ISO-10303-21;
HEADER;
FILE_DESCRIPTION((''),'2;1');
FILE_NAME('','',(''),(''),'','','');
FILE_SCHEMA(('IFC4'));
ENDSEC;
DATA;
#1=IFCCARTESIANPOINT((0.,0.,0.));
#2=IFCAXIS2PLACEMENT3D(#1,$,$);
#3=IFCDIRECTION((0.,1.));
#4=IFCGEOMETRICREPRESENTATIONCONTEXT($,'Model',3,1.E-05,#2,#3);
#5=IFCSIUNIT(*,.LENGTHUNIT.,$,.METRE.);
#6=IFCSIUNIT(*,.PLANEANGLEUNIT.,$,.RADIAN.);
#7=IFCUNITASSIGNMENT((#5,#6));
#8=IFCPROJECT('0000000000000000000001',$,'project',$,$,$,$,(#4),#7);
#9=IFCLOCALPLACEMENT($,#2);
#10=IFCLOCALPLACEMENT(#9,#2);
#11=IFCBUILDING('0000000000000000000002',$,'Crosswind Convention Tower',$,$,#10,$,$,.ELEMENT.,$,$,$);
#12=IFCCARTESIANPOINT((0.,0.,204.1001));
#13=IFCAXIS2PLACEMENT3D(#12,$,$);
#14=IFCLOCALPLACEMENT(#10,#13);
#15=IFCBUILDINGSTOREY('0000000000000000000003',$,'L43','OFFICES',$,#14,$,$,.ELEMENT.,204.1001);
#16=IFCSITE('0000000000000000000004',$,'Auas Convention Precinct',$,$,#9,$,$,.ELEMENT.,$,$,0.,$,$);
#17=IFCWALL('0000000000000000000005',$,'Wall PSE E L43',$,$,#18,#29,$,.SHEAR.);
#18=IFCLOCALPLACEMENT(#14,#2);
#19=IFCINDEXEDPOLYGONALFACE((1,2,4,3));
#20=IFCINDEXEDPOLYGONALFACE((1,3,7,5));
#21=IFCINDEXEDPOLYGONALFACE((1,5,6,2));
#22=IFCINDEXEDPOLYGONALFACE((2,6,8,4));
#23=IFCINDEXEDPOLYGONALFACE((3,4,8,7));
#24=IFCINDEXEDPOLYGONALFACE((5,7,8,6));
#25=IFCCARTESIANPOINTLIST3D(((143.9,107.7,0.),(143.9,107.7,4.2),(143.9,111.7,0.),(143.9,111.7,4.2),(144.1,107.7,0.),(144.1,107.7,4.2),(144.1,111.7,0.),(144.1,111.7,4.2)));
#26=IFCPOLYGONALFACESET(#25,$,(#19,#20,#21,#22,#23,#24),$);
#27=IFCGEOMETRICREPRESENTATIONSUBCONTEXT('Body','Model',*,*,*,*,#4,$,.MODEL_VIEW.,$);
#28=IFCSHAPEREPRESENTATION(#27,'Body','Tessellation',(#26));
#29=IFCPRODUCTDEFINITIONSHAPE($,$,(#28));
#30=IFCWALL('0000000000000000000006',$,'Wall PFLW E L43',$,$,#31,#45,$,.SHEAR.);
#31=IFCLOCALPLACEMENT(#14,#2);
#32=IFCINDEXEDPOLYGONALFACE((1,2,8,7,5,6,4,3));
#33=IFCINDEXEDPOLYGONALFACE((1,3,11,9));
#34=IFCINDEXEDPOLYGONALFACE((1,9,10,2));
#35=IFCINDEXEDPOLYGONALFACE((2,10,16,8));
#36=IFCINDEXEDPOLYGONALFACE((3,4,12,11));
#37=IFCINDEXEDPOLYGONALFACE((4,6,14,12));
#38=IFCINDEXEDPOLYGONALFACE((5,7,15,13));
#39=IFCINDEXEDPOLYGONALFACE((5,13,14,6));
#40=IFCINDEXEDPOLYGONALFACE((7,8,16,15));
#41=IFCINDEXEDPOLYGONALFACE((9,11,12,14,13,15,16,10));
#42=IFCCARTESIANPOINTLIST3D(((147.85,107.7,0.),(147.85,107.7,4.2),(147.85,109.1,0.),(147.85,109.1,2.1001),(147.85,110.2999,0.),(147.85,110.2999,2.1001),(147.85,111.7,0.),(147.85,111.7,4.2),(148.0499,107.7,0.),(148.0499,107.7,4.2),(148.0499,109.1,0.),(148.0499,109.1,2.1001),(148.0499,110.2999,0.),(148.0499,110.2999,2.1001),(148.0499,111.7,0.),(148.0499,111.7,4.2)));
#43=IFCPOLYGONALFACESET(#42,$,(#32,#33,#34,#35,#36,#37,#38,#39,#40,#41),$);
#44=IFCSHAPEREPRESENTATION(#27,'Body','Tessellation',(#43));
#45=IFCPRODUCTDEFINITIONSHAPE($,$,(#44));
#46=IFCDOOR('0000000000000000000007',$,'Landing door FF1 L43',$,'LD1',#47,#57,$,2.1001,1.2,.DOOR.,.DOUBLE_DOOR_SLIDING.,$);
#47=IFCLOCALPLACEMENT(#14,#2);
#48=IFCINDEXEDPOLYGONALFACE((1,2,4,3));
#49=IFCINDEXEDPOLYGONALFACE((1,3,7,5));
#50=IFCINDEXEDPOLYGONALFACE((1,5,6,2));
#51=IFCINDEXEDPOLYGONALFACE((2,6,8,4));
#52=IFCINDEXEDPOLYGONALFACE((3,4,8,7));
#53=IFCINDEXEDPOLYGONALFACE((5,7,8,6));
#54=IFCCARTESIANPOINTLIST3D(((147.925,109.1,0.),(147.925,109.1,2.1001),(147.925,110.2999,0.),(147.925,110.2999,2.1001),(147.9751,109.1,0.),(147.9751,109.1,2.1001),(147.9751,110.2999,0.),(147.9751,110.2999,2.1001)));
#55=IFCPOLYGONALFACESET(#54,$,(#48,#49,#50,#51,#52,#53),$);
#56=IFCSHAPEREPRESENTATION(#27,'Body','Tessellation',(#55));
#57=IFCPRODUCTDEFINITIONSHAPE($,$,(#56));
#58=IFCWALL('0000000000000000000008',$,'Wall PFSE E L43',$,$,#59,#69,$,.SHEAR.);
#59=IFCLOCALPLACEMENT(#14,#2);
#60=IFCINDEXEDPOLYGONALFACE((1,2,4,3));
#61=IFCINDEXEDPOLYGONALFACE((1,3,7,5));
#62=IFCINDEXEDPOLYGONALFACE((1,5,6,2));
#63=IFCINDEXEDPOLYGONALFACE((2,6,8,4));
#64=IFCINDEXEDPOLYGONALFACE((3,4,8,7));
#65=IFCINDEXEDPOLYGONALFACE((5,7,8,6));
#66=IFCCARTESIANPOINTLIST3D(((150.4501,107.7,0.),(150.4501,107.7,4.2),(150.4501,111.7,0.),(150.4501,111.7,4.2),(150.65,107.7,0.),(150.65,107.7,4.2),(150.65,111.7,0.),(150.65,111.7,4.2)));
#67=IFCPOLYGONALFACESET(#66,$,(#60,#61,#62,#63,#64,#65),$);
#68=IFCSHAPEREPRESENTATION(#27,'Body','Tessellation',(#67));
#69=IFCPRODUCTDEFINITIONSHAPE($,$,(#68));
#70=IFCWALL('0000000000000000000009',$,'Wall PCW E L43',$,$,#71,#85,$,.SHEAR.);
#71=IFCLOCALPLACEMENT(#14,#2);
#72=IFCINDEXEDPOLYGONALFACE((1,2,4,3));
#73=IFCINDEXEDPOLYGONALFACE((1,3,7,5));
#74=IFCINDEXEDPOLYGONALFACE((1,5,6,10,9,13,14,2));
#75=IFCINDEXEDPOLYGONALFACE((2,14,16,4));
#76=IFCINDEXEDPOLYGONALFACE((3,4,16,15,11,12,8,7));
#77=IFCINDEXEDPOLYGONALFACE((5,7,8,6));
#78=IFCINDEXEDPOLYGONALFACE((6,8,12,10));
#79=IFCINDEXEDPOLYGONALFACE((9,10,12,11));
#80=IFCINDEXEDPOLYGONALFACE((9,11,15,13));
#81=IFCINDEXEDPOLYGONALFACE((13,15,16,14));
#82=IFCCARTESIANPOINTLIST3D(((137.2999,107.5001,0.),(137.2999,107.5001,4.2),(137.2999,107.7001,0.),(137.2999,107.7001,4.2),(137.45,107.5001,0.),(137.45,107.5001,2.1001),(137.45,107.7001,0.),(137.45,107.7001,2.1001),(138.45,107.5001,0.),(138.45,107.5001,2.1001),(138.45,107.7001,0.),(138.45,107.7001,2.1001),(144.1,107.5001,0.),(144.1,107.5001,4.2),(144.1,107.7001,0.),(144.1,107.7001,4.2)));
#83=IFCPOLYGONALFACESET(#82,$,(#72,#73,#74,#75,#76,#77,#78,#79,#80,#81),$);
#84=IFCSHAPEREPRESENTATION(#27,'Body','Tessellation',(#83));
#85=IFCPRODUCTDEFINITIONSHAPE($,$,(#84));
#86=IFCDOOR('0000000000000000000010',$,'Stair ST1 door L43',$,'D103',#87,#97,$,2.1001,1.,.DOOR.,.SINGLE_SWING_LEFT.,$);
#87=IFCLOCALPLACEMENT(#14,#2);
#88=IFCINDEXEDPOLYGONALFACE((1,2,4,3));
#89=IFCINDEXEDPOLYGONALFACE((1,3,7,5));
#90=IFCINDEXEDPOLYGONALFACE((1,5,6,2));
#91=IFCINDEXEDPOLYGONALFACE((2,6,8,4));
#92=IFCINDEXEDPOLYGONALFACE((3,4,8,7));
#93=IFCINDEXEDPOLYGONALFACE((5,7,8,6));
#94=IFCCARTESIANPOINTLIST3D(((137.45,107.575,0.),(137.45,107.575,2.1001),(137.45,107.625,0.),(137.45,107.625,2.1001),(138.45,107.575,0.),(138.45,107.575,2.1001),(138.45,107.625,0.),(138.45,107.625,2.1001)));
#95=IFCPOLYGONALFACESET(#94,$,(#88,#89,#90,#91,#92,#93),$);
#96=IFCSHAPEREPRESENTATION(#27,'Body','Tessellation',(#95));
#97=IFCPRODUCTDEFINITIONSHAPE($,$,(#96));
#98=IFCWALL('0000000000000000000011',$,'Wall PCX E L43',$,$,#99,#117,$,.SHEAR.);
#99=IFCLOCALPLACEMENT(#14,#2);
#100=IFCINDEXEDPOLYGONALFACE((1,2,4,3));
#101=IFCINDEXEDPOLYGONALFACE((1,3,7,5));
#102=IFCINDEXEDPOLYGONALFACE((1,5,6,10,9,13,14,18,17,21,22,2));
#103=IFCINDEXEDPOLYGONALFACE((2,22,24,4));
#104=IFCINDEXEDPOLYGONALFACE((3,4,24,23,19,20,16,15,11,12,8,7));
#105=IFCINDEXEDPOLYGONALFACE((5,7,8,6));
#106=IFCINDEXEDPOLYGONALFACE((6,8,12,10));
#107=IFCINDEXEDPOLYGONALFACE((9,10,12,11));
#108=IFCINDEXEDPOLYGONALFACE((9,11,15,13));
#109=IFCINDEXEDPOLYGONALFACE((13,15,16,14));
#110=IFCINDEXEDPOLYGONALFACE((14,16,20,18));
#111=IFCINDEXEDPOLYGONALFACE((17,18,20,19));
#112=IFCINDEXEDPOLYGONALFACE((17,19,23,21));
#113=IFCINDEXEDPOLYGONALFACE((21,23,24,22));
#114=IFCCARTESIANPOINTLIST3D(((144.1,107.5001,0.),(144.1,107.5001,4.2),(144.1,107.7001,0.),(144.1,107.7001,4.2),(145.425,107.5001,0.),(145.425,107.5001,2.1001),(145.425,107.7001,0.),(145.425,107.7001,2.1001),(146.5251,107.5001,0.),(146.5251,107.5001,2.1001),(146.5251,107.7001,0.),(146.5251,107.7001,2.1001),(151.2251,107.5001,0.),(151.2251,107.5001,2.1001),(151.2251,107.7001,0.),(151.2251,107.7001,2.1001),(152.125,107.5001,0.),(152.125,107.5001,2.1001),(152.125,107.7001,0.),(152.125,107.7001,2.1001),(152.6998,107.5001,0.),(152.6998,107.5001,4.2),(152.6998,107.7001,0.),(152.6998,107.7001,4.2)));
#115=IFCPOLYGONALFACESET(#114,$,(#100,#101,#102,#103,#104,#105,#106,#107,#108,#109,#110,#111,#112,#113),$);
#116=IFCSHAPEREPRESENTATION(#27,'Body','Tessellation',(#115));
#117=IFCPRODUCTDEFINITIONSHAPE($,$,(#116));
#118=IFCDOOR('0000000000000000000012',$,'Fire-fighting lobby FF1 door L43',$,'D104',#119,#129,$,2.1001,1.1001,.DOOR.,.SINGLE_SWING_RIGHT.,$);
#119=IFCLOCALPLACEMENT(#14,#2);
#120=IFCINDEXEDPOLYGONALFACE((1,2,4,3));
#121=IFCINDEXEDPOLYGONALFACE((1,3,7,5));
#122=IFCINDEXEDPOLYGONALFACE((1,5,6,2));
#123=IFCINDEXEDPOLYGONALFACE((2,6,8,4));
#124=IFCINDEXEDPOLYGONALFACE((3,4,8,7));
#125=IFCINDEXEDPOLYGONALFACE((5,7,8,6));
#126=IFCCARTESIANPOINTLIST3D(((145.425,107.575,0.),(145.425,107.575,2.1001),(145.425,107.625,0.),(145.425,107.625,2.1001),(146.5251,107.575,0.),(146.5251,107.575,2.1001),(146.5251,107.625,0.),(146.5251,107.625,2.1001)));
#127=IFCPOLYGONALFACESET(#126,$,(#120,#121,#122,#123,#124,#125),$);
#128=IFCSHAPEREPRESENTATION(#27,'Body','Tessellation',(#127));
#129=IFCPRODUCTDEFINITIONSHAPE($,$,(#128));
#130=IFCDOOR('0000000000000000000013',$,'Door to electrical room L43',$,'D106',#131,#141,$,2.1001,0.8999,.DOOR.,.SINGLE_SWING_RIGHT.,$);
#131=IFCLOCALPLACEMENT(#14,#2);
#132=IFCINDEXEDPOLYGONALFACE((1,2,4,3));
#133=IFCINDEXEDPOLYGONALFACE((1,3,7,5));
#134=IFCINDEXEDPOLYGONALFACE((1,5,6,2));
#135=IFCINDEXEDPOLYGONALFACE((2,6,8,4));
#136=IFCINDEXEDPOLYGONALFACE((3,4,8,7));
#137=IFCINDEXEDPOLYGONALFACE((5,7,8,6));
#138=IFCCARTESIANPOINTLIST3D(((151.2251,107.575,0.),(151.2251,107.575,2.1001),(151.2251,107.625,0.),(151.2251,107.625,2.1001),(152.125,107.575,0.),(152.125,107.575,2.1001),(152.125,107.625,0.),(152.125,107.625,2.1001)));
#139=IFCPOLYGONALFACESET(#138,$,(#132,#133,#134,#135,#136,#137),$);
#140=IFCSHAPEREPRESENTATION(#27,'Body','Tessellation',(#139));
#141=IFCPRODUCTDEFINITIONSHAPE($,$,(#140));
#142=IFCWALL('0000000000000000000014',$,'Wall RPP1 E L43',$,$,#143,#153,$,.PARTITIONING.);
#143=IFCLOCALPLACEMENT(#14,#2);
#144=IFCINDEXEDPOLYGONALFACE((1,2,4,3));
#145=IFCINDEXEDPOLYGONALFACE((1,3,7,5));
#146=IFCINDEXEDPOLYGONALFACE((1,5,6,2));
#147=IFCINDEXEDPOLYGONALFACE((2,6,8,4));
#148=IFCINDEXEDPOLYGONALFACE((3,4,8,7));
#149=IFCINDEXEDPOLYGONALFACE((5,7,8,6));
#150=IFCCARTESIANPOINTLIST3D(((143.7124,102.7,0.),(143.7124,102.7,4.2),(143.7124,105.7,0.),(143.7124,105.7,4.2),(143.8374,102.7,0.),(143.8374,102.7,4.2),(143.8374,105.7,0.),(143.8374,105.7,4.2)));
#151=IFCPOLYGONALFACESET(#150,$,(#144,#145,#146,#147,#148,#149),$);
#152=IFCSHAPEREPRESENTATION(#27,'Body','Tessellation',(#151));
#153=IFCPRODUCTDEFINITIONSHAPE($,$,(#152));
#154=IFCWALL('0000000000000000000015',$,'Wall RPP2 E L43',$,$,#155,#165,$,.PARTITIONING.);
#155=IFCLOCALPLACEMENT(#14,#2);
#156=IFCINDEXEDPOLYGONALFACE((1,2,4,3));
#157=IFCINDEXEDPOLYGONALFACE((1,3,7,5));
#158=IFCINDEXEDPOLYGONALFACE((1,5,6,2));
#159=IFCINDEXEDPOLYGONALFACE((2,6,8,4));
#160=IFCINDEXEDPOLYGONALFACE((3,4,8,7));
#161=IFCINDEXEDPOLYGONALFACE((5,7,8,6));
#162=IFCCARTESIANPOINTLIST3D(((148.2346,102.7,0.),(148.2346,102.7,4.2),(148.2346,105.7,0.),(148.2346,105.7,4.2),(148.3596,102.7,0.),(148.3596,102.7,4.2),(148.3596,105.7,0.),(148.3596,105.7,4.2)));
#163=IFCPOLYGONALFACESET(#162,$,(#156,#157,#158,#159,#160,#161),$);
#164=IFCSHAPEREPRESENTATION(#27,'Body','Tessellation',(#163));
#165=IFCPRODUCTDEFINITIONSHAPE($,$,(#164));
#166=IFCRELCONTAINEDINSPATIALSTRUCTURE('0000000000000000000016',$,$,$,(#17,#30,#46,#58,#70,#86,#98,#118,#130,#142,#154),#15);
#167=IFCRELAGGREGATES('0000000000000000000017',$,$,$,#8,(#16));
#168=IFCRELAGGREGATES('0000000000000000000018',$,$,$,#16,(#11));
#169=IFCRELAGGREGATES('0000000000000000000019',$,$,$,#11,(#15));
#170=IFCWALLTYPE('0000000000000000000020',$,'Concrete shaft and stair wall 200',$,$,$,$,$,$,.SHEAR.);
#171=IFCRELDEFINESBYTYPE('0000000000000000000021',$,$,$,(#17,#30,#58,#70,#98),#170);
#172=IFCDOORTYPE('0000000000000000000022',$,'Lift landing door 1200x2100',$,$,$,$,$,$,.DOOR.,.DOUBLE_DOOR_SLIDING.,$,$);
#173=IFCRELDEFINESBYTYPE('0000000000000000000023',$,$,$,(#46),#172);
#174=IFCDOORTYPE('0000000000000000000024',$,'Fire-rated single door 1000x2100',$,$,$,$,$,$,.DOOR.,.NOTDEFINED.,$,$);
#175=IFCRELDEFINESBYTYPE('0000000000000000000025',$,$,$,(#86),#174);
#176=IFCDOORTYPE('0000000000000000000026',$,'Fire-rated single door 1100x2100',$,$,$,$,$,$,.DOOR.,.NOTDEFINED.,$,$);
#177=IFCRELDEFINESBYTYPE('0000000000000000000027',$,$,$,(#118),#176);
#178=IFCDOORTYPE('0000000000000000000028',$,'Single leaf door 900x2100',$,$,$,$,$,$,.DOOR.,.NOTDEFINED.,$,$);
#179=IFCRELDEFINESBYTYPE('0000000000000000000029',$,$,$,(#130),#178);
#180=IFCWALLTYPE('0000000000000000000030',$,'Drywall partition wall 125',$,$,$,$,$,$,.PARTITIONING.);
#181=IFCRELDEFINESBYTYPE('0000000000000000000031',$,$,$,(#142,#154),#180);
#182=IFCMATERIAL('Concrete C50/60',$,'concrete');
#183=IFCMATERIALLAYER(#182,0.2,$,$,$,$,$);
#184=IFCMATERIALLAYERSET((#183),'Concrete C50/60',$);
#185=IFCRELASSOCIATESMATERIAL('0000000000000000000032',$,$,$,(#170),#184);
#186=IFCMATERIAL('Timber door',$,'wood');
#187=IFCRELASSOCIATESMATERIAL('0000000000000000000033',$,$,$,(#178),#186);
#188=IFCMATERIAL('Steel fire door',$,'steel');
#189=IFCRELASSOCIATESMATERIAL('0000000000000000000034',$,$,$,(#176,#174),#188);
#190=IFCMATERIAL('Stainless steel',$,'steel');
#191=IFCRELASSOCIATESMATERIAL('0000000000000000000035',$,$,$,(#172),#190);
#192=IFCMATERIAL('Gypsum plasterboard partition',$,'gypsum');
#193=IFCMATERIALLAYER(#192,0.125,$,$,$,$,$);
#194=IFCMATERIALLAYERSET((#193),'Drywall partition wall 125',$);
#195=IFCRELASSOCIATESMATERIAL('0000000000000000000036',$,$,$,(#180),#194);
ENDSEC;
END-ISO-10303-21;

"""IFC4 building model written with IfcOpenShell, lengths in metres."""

from ifc_helpers import new_model, si_unit, direction, frame, frame_2d, origin, place, context, subcontext, project, spatial, rectangle, extrude, material, layer, layer_set, type_object, element, fill, save


model = new_model("IFC4")

# Units and contexts
model_context = context("Model", 3, precision=1e-05, world=origin(), true_north=direction((0.0, 1.0)))
body_context = subcontext(model_context, "Body", "Model", "MODEL_VIEW")
ifc_project = project(units=[si_unit("LENGTHUNIT", "METRE"), si_unit("PLANEANGLEUNIT", "RADIAN")], contexts=[model_context])

# Site, building, storey
site_placement = place(None, origin())
site = spatial("IfcSite", under=ifc_project, at=site_placement, Name="Auas Convention Precinct", CompositionType="ELEMENT", RefElevation=0.0)
building_placement = place(site_placement, origin())
building = spatial("IfcBuilding", under=site, at=building_placement, Name="Crosswind Convention Tower", CompositionType="ELEMENT")
storey_placement = place(building_placement, frame((0.0, 0.0, 204.1001)))
storey = spatial("IfcBuildingStorey", under=building, at=storey_placement, Name="L43", Description="OFFICES", CompositionType="ELEMENT", Elevation=204.1001)

# Shared definitions
ifc_material_1 = material(Name="Concrete C50/60", Category="concrete")
ifc_layer_1 = layer(ifc_material_1, 0.2)
ifc_layer_set_1 = layer_set([ifc_layer_1], Name="Concrete C50/60")
wall_type_1 = type_object("IfcWallType", Name="Concrete shaft and stair wall 200", PredefinedType="SHEAR", material=ifc_layer_set_1)

# Shared definitions
ifc_material_2 = material(Name="Timber door", Category="wood")
door_type_1 = type_object("IfcDoorType", Name="Single leaf door 900x2100", OperationType="NOTDEFINED", PredefinedType="DOOR", material=ifc_material_2)

# Shared definitions
ifc_material_3 = material(Name="Steel fire door", Category="steel")
door_type_2 = type_object("IfcDoorType", Name="Fire-rated single door 1100x2100", OperationType="NOTDEFINED", PredefinedType="DOOR", material=ifc_material_3)

# Wall
wall_1_placement = place(storey_placement, frame((144.0, 107.7, 0.0), z_axis=(0.0, 0.0, 1.0), x_axis=(0.0, 1.0, 0.0)))
element("IfcWall", 1, at=wall_1_placement, inside=storey, type_object=wall_type_1, Name="Wall PSE E L43", PredefinedType="SHEAR", context=body_context, shape_type="SweptSolid", body=[
    extrude(rectangle(XDim=4.0, YDim=0.2, at=frame_2d((2.0, 0.0))), origin(), (0.0, 0.0, 1.0), 4.2),
])

# Wall, opening, door
wall_2_placement = place(storey_placement, frame((147.95, 107.7, 0.0), z_axis=(0.0, 0.0, 1.0), x_axis=(0.0, 1.0, 0.0)))
wall_2 = element("IfcWall", 2, at=wall_2_placement, inside=storey, type_object=wall_type_1, Name="Wall PFLW E L43", PredefinedType="SHEAR", context=body_context, shape_type="SweptSolid", body=[
    extrude(rectangle(XDim=4.0, YDim=0.2, at=frame_2d((2.0, 0.0))), origin(), (0.0, 0.0, 1.0), 4.2),
])
opening_1_placement = place(wall_2_placement, frame((1.3999, 0.0, 0.0)))
opening_1 = element("IfcOpeningElement", 3, at=opening_1_placement, cuts=wall_2, PredefinedType="OPENING", context=body_context, shape_type="SweptSolid", body=[
    extrude(rectangle(XDim=1.2, YDim=2.1001, at=frame_2d((0.6001, 1.05))), frame((0.0, 0.1099, 0.0), z_axis=(0.0, -1.0, 0.0), x_axis=(1.0, 0.0, 0.0)), (0.0, 0.0, 1.0), 0.22),
])
ifc_material_4 = material(Name="Stainless steel", Category="steel")
door_type_3 = type_object("IfcDoorType", Name="Lift landing door 1200x2100", OperationType="DOUBLE_DOOR_SLIDING", PredefinedType="DOOR", material=ifc_material_4)
door_1_placement = place(opening_1_placement, origin())
door_1 = element("IfcDoor", 4, at=door_1_placement, inside=storey, type_object=door_type_3, Name="Landing door FF1 L43", ObjectType="LD1", OperationType="DOUBLE_DOOR_SLIDING", OverallHeight=2.1001, OverallWidth=1.2, PredefinedType="DOOR", context=body_context, shape_type="SweptSolid", body=[
    extrude(rectangle(XDim=1.2, YDim=2.1001, at=frame_2d((0.6001, 1.05))), frame((0.0, 0.0249, 0.0), z_axis=(0.0, -1.0, 0.0), x_axis=(1.0, 0.0, 0.0)), (0.0, 0.0, 1.0), 0.05),
])
fill(opening_1, door_1)

# Wall
wall_3_placement = place(storey_placement, frame((150.55, 107.7, 0.0), z_axis=(0.0, 0.0, 1.0), x_axis=(0.0, 1.0, 0.0)))
element("IfcWall", 5, at=wall_3_placement, inside=storey, type_object=wall_type_1, Name="Wall PFSE E L43", PredefinedType="SHEAR", context=body_context, shape_type="SweptSolid", body=[
    extrude(rectangle(XDim=4.0, YDim=0.2, at=frame_2d((2.0, 0.0))), origin(), (0.0, 0.0, 1.0), 4.2),
])

# Wall, opening, door
wall_4_placement = place(storey_placement, frame((137.3, 107.6001, 0.0), z_axis=(0.0, 0.0, 1.0), x_axis=(1.0, 0.0, 0.0)))
wall_4 = element("IfcWall", 6, at=wall_4_placement, inside=storey, type_object=wall_type_1, Name="Wall PCW E L43", PredefinedType="SHEAR", context=body_context, shape_type="SweptSolid", body=[
    extrude(rectangle(XDim=6.8, YDim=0.2, at=frame_2d((3.3999, 0.0))), origin(), (0.0, 0.0, 1.0), 4.2),
])
opening_2_placement = place(wall_4_placement, frame((0.1499, 0.0, 0.0)))
opening_2 = element("IfcOpeningElement", 7, at=opening_2_placement, cuts=wall_4, PredefinedType="OPENING", context=body_context, shape_type="SweptSolid", body=[
    extrude(rectangle(XDim=1.0, YDim=2.1001, at=frame_2d((0.5, 1.05))), frame((0.0, 0.1099, 0.0), z_axis=(0.0, -1.0, 0.0), x_axis=(1.0, 0.0, 0.0)), (0.0, 0.0, 1.0), 0.22),
])
door_type_4 = type_object("IfcDoorType", Name="Fire-rated single door 1000x2100", OperationType="NOTDEFINED", PredefinedType="DOOR", material=ifc_material_3)
door_2_placement = place(opening_2_placement, origin())
door_2 = element("IfcDoor", 8, at=door_2_placement, inside=storey, type_object=door_type_4, Name="Stair ST1 door L43", ObjectType="D103", OperationType="SINGLE_SWING_LEFT", OverallHeight=2.1001, OverallWidth=1.0, PredefinedType="DOOR", context=body_context, shape_type="SweptSolid", body=[
    extrude(rectangle(XDim=1.0, YDim=2.1001, at=frame_2d((0.5, 1.05))), frame((0.0, 0.0249, 0.0), z_axis=(0.0, -1.0, 0.0), x_axis=(1.0, 0.0, 0.0)), (0.0, 0.0, 1.0), 0.05),
])
fill(opening_2, door_2)

# Wall, openings, doors
wall_5_placement = place(storey_placement, frame((144.1001, 107.6001, 0.0), z_axis=(0.0, 0.0, 1.0), x_axis=(1.0, 0.0, 0.0)))
wall_5 = element("IfcWall", 9, at=wall_5_placement, inside=storey, type_object=wall_type_1, Name="Wall PCX E L43", PredefinedType="SHEAR", context=body_context, shape_type="SweptSolid", body=[
    extrude(rectangle(XDim=8.5999, YDim=0.2, at=frame_2d((4.2998, 0.0))), origin(), (0.0, 0.0, 1.0), 4.2),
])
opening_3_placement = place(wall_5_placement, frame((1.325, 0.0, 0.0)))
opening_3 = element("IfcOpeningElement", 10, at=opening_3_placement, cuts=wall_5, PredefinedType="OPENING", context=body_context, shape_type="SweptSolid", body=[
    extrude(rectangle(XDim=1.1001, YDim=2.1001, at=frame_2d((0.55, 1.05))), frame((0.0, 0.1099, 0.0), z_axis=(0.0, -1.0, 0.0), x_axis=(1.0, 0.0, 0.0)), (0.0, 0.0, 1.0), 0.22),
])
opening_4_placement = place(wall_5_placement, frame((7.125, 0.0, 0.0)))
opening_4 = element("IfcOpeningElement", 11, at=opening_4_placement, cuts=wall_5, PredefinedType="OPENING", context=body_context, shape_type="SweptSolid", body=[
    extrude(rectangle(XDim=0.8999, YDim=2.1001, at=frame_2d((0.45, 1.05))), frame((0.0, 0.1099, 0.0), z_axis=(0.0, -1.0, 0.0), x_axis=(1.0, 0.0, 0.0)), (0.0, 0.0, 1.0), 0.22),
])
door_3_placement = place(opening_3_placement, origin())
door_3 = element("IfcDoor", 12, at=door_3_placement, inside=storey, type_object=door_type_2, Name="Fire-fighting lobby FF1 door L43", ObjectType="D104", OperationType="SINGLE_SWING_RIGHT", OverallHeight=2.1001, OverallWidth=1.1001, PredefinedType="DOOR", context=body_context, shape_type="SweptSolid", body=[
    extrude(rectangle(XDim=1.1001, YDim=2.1001, at=frame_2d((0.55, 1.05))), frame((0.0, 0.0249, 0.0), z_axis=(0.0, -1.0, 0.0), x_axis=(1.0, 0.0, 0.0)), (0.0, 0.0, 1.0), 0.05),
])
fill(opening_3, door_3)
door_4_placement = place(opening_4_placement, origin())
door_4 = element("IfcDoor", 13, at=door_4_placement, inside=storey, type_object=door_type_1, Name="Door to electrical room L43", ObjectType="D106", OperationType="SINGLE_SWING_RIGHT", OverallHeight=2.1001, OverallWidth=0.8999, PredefinedType="DOOR", context=body_context, shape_type="SweptSolid", body=[
    extrude(rectangle(XDim=0.8999, YDim=2.1001, at=frame_2d((0.45, 1.05))), frame((0.0, 0.0249, 0.0), z_axis=(0.0, -1.0, 0.0), x_axis=(1.0, 0.0, 0.0)), (0.0, 0.0, 1.0), 0.05),
])
fill(opening_4, door_4)

# Walls
ifc_material_5 = material(Name="Gypsum plasterboard partition", Category="gypsum")
ifc_layer_2 = layer(ifc_material_5, 0.125)
ifc_layer_set_2 = layer_set([ifc_layer_2], Name="Drywall partition wall 125")
wall_type_2 = type_object("IfcWallType", Name="Drywall partition wall 125", PredefinedType="PARTITIONING", material=ifc_layer_set_2)
for number, where, z_axis, x_axis, name in (
    (14, (143.7749, 102.7, 0.0), (0.0, 0.0, 1.0), (0.0, 1.0, 0.0), "Wall RPP1 E L43"),
    (15, (148.2971, 102.7, 0.0), (0.0, 0.0, 1.0), (0.0, 1.0, 0.0), "Wall RPP2 E L43"),
):
    element("IfcWall", number, at=place(storey_placement, frame(where, z_axis=z_axis, x_axis=x_axis)), inside=storey, type_object=wall_type_2, Name=name, PredefinedType="PARTITIONING", context=body_context, shape_type="SweptSolid", body=[
        extrude(rectangle(XDim=3.0, YDim=0.125, at=frame_2d((1.5, 0.0))), origin(), (0.0, 0.0, 1.0), 4.2),
    ])

save(model, "model.ifc")
